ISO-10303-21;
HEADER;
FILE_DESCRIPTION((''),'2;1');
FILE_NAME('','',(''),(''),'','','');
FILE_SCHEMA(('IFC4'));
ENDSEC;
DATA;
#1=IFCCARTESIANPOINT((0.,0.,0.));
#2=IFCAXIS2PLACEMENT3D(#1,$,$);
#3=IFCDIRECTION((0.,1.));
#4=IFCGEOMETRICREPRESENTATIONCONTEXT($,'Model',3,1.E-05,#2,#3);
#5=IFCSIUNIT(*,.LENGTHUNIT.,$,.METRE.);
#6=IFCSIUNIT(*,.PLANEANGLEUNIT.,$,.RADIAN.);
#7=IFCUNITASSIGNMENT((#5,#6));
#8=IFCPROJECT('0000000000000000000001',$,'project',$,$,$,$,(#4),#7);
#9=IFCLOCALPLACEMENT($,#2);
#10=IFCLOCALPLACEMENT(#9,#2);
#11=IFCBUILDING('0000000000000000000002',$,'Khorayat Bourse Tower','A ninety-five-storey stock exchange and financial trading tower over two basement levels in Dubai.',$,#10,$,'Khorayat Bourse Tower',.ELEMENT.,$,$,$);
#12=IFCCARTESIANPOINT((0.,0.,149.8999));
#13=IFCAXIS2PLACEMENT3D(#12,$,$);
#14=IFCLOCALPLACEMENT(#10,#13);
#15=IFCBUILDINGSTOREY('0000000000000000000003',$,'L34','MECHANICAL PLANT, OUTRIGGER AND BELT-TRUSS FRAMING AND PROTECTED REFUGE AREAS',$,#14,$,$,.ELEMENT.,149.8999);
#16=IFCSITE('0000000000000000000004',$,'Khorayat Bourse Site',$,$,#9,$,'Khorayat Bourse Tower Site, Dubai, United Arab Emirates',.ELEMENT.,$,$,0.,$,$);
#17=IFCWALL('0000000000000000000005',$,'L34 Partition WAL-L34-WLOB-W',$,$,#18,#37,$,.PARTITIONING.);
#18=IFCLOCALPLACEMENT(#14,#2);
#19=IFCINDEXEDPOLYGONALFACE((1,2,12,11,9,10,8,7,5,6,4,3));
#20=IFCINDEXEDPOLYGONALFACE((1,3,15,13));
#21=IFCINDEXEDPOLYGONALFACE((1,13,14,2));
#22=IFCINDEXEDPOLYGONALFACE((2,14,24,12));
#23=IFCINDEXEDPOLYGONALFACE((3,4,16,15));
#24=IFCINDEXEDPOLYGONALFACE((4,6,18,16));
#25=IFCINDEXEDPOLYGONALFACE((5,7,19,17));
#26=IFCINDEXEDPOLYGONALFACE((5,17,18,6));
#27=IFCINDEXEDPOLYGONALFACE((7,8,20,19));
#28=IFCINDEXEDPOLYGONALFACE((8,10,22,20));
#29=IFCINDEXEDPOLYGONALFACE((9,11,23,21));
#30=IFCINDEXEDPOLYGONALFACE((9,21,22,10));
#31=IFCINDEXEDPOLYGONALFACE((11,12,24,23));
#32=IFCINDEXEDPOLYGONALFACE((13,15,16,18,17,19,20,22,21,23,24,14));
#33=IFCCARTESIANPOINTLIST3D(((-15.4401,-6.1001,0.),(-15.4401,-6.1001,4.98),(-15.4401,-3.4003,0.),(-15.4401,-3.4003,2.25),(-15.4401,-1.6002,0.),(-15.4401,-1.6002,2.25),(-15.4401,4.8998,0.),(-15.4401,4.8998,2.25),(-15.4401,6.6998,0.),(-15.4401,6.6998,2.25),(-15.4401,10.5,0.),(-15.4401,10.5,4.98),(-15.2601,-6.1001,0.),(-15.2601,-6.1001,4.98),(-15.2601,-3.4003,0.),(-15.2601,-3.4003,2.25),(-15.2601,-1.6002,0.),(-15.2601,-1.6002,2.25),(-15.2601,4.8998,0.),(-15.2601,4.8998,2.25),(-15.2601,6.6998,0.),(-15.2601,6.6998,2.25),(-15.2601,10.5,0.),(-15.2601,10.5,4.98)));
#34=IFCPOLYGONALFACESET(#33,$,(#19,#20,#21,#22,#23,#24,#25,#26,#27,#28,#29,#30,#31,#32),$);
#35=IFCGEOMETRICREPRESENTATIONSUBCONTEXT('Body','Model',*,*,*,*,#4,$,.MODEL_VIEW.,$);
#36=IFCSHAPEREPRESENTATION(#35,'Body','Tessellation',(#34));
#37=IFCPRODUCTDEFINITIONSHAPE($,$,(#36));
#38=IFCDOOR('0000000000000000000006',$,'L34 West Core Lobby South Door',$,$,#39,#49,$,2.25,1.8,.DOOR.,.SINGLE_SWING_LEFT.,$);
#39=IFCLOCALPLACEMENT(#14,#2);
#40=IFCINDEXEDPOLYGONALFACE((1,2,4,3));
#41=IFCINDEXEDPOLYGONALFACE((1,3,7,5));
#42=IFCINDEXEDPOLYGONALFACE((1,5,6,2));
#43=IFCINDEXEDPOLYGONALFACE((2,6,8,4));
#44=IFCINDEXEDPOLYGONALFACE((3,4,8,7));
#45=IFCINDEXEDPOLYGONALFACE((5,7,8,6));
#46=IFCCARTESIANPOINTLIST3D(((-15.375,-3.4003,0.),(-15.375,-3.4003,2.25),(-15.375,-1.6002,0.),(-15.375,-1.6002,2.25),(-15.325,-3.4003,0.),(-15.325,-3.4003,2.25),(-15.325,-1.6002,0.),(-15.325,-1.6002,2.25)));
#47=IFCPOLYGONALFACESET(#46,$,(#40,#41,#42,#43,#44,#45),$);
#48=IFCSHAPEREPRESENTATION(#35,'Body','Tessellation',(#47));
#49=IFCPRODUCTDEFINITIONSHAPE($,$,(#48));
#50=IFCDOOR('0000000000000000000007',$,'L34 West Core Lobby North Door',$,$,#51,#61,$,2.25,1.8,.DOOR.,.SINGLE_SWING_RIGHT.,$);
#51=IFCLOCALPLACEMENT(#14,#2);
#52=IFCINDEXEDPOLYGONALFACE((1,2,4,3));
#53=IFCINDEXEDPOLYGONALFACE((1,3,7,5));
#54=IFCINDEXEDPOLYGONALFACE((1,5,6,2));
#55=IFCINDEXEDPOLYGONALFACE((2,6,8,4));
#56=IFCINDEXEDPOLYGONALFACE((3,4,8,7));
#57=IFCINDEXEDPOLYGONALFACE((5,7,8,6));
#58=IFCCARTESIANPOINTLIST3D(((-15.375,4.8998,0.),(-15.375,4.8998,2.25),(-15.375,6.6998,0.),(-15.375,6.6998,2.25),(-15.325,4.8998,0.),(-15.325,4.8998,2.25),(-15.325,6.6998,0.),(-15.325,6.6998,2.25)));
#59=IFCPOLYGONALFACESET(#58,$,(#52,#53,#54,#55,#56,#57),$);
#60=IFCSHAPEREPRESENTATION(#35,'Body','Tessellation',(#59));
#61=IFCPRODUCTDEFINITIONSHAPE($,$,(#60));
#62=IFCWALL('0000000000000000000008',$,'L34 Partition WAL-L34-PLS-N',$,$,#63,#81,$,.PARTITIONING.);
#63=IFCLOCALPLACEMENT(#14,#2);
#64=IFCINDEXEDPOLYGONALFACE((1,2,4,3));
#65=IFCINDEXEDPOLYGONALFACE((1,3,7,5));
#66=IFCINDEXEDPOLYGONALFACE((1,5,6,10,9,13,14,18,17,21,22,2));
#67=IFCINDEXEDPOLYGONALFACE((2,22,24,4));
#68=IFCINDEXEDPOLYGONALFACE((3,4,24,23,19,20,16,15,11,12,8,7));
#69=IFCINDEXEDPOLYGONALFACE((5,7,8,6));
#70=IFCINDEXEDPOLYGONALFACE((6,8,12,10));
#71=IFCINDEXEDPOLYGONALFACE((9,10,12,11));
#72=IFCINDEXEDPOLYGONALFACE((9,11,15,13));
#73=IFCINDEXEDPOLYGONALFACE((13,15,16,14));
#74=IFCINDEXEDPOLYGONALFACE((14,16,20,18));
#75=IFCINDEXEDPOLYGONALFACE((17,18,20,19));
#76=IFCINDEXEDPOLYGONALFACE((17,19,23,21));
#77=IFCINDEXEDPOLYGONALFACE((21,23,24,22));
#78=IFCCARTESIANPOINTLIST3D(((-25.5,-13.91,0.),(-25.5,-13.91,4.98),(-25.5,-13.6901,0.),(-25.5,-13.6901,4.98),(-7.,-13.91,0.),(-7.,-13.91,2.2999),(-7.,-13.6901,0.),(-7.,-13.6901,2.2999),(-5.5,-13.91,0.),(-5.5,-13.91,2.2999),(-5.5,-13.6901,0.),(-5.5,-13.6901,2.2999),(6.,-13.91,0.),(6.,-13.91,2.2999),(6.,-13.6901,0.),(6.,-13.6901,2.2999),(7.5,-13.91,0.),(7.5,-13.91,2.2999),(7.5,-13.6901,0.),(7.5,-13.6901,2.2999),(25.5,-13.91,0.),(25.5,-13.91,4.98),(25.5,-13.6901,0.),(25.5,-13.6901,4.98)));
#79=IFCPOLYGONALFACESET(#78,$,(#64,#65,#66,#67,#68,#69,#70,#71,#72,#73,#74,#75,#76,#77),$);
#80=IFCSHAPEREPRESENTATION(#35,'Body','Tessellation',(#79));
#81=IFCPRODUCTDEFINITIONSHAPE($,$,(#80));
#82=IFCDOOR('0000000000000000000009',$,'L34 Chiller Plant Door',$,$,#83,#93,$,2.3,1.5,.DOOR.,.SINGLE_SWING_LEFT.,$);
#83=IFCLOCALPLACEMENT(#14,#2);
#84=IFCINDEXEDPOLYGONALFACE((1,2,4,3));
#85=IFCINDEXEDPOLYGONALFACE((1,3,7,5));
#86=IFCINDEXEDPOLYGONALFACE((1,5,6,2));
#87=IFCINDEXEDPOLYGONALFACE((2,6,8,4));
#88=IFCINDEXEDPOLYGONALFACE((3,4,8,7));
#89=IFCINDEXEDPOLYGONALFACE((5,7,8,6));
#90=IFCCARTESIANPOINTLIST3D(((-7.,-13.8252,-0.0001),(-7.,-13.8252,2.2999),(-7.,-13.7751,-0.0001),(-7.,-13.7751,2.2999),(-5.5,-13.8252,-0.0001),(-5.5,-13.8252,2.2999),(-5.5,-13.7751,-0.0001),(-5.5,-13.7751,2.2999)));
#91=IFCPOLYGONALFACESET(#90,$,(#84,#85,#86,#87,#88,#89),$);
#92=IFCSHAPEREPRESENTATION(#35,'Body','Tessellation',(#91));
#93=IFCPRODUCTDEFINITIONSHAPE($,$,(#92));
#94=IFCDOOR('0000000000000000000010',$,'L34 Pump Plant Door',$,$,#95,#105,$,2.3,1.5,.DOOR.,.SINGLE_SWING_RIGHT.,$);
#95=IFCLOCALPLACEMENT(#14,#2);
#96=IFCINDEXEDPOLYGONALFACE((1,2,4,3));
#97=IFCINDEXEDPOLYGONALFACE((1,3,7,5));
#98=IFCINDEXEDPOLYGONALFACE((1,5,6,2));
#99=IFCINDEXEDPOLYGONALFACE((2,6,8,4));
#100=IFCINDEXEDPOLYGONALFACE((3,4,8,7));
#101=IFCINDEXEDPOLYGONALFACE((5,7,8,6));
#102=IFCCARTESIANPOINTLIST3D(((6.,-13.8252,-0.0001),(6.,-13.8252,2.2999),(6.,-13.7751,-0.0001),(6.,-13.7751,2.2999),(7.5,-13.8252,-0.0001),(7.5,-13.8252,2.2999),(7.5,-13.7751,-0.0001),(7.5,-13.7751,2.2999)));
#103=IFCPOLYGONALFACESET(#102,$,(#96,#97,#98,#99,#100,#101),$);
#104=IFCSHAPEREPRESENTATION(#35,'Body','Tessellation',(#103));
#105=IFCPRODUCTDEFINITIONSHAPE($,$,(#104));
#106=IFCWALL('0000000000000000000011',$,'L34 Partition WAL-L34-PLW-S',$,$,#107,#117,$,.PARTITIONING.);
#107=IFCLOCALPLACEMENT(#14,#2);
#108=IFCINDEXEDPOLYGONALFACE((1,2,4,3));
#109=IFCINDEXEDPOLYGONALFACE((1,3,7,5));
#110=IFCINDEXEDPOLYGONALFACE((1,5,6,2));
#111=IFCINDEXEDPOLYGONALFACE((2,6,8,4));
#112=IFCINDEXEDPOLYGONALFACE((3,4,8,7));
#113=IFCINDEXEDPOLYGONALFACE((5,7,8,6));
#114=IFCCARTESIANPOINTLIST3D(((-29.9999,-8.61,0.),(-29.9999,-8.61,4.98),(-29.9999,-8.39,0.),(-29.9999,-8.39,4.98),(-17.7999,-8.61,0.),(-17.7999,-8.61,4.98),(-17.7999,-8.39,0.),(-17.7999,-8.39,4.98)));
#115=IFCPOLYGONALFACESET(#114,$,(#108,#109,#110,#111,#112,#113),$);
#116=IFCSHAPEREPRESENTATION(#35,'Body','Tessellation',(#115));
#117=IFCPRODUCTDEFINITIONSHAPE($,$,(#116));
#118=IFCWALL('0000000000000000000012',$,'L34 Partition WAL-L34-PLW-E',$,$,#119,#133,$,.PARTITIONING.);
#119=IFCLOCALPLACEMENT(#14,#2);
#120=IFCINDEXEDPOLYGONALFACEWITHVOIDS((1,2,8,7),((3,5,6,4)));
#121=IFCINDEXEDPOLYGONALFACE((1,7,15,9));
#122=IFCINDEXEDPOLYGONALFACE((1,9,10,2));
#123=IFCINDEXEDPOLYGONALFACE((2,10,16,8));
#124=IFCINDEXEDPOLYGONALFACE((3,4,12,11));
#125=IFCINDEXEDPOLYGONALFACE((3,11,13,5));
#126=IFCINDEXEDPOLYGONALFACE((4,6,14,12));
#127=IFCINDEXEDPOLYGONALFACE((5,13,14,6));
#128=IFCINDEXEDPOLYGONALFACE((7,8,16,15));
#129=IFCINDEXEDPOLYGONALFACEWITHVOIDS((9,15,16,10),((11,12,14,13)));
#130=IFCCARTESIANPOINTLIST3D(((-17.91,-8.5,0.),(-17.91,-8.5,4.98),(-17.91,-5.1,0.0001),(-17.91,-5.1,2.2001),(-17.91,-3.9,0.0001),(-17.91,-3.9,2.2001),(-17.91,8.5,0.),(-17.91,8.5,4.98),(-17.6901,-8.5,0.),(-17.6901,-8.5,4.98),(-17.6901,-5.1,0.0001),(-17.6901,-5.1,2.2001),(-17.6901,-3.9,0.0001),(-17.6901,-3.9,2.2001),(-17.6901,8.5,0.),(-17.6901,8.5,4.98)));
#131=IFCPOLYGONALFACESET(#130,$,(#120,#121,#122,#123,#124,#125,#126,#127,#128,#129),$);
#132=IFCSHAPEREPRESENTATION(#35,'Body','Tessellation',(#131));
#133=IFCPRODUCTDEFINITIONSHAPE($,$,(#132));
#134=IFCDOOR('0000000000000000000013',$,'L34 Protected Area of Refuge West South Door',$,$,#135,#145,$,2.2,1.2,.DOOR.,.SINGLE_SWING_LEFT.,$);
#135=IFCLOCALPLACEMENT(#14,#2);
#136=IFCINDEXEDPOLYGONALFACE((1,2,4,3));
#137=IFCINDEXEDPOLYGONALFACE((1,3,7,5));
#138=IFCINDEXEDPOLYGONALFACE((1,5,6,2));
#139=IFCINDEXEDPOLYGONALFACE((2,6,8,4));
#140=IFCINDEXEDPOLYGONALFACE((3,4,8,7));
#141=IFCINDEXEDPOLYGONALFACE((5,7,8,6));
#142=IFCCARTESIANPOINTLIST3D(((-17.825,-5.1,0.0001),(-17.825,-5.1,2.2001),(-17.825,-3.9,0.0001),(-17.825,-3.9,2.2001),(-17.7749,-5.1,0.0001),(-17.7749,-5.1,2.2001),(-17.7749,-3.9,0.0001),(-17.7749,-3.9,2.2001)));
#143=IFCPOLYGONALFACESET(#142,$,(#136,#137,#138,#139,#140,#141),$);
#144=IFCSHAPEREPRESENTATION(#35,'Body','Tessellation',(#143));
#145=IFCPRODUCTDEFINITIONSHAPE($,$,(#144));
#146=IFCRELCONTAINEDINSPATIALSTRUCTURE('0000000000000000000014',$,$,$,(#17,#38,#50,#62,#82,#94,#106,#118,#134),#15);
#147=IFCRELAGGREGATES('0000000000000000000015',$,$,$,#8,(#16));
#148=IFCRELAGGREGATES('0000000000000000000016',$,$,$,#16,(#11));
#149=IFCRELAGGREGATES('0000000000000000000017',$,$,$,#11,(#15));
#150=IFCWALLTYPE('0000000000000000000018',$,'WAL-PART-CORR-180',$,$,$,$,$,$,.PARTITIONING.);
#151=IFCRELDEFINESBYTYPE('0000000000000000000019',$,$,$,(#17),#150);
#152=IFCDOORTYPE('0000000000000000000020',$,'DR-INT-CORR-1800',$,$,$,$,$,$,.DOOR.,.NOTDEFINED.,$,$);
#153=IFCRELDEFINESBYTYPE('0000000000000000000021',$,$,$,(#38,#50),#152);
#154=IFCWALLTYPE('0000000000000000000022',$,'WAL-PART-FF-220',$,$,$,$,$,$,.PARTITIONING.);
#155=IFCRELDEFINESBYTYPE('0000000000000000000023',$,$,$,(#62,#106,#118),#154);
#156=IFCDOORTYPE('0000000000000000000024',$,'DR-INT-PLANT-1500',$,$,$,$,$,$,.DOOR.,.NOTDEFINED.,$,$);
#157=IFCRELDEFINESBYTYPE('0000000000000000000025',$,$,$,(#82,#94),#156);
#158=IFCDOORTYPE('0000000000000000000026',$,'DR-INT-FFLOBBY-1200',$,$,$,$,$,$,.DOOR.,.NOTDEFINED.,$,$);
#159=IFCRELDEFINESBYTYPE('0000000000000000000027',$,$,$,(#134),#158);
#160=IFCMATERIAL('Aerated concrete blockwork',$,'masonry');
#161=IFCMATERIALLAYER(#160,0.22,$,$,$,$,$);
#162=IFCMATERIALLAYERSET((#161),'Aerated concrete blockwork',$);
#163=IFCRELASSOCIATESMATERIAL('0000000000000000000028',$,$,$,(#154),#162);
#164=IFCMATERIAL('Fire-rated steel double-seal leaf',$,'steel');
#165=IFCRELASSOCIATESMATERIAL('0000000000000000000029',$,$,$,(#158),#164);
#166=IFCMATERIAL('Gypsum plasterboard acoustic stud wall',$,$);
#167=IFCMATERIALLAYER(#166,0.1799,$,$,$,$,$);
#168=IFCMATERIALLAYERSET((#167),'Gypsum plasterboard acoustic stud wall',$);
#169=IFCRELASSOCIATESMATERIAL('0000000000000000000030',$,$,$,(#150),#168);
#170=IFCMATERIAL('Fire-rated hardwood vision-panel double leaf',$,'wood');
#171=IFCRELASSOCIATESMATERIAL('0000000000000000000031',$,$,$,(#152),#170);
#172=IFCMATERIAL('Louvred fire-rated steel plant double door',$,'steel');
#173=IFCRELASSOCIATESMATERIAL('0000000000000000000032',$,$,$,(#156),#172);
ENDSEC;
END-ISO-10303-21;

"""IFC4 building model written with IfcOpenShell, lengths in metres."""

from ifc_helpers import new_model, si_unit, direction, frame, frame_2d, origin, place, context, subcontext, project, spatial, rectangle, extrude, source, transform, mapped, material, layer, layer_set, type_object, element, fill, save


model = new_model("IFC4")

# Units and contexts
model_context = context("Model", 3, precision=1e-05, world=origin(), true_north=direction((0.0, 1.0)))
body_context = subcontext(model_context, "Body", "Model", "MODEL_VIEW")
ifc_project = project(units=[si_unit("LENGTHUNIT", "METRE"), si_unit("PLANEANGLEUNIT", "RADIAN")], contexts=[model_context])

# Site, building, storey
site_placement = place(None, origin())
site = spatial("IfcSite", under=ifc_project, at=site_placement, Name="Khorayat Bourse Site", LongName="Khorayat Bourse Tower Site, Dubai, United Arab Emirates", CompositionType="ELEMENT", RefElevation=0.0)
building_placement = place(site_placement, origin())
building = spatial("IfcBuilding", under=site, at=building_placement, Name="Khorayat Bourse Tower", Description="A ninety-five-storey stock exchange and financial trading tower over two basement levels in Dubai.", LongName="Khorayat Bourse Tower", CompositionType="ELEMENT")
storey_placement = place(building_placement, frame((0.0, 0.0, 149.8999)))
storey = spatial("IfcBuildingStorey", under=building, at=storey_placement, Name="L34", Description="MECHANICAL PLANT, OUTRIGGER AND BELT-TRUSS FRAMING AND PROTECTED REFUGE AREAS", CompositionType="ELEMENT", Elevation=149.8999)

# Shared definitions
ifc_material_1 = material(Name="Aerated concrete blockwork", Category="masonry")
ifc_layer_1 = layer(ifc_material_1, 0.22)
ifc_layer_set_1 = layer_set([ifc_layer_1], Name="Aerated concrete blockwork")
wall_type_1 = type_object("IfcWallType", Name="WAL-PART-FF-220", PredefinedType="PARTITIONING", material=ifc_layer_set_1)

# Shared definitions
shared_shape_1 = source(origin(), body_context, "Body", "SweptSolid", [
    extrude(rectangle(XDim=1.2, YDim=2.2, at=frame_2d((0.6001, 1.1001))), frame((0.0, 0.1199, 0.0), z_axis=(0.0, -1.0, 0.0), x_axis=(1.0, 0.0, 0.0)), (0.0, 0.0, 1.0), 0.24),
])
ifc_material_2 = material(Name="Fire-rated steel double-seal leaf", Category="steel")
door_type_1 = type_object("IfcDoorType", Name="DR-INT-FFLOBBY-1200", OperationType="NOTDEFINED", PredefinedType="DOOR", material=ifc_material_2)
shared_shape_2 = source(origin(), body_context, "Body", "SweptSolid", [
    extrude(rectangle(XDim=1.2, YDim=2.2, at=frame_2d((0.6001, 1.1001))), frame((0.0, 0.0249, 0.0), z_axis=(0.0, -1.0, 0.0), x_axis=(1.0, 0.0, 0.0)), (0.0, 0.0, 1.0), 0.05),
])

# Walls, openings, doors
ifc_material_3 = material(Name="Gypsum plasterboard acoustic stud wall")
ifc_layer_2 = layer(ifc_material_3, 0.1799)
ifc_layer_set_2 = layer_set([ifc_layer_2], Name="Gypsum plasterboard acoustic stud wall")
wall_type_2 = type_object("IfcWallType", Name="WAL-PART-CORR-180", PredefinedType="PARTITIONING", material=ifc_layer_set_2)
shared_shape_3 = source(origin(), body_context, "Body", "SweptSolid", [
    extrude(rectangle(XDim=16.6001, YDim=0.1799, at=frame_2d((8.3, 0.0))), origin(), (0.0, 0.0, 1.0), 4.98),
])
wall_1_placement = place(storey_placement, frame((-15.3501, -6.1001, 0.0), z_axis=(0.0, 0.0, 1.0), x_axis=(0.0, 1.0, 0.0)))
wall_1 = element("IfcWall", 1, at=wall_1_placement, inside=storey, type_object=wall_type_2, Name="L34 Partition WAL-L34-WLOB-W", PredefinedType="PARTITIONING", context=body_context, shape_type="MappedRepresentation", body=[
    mapped(shared_shape_3, transform((0.0, 0.0, 0.0), scale=1.0)),
])
shared_shape_4 = source(origin(), body_context, "Body", "SweptSolid", [
    extrude(rectangle(XDim=1.8, YDim=2.25, at=frame_2d((0.8999, 1.125))), frame((0.0, 0.0999, 0.0), z_axis=(0.0, -1.0, 0.0), x_axis=(1.0, 0.0, 0.0)), (0.0, 0.0, 1.0), 0.2),
])
opening_1_placement = place(wall_1_placement, frame((2.7, 0.0, 0.0)))
opening_1 = element("IfcOpeningElement", 2, at=opening_1_placement, cuts=wall_1, PredefinedType="OPENING", context=body_context, shape_type="MappedRepresentation", body=[
    mapped(shared_shape_4, transform((0.0, 0.0, 0.0), scale=1.0)),
])
opening_2_placement = place(wall_1_placement, frame((11.0, 0.0, 0.0)))
opening_2 = element("IfcOpeningElement", 3, at=opening_2_placement, cuts=wall_1, PredefinedType="OPENING", context=body_context, shape_type="MappedRepresentation", body=[
    mapped(shared_shape_4, transform((0.0, 0.0, 0.0), scale=1.0)),
])
ifc_material_4 = material(Name="Fire-rated hardwood vision-panel double leaf", Category="wood")
door_type_2 = type_object("IfcDoorType", Name="DR-INT-CORR-1800", OperationType="NOTDEFINED", PredefinedType="DOOR", material=ifc_material_4)
shared_shape_5 = source(origin(), body_context, "Body", "SweptSolid", [
    extrude(rectangle(XDim=1.8, YDim=2.25, at=frame_2d((0.8999, 1.125))), frame((0.0, 0.0249, 0.0), z_axis=(0.0, -1.0, 0.0), x_axis=(1.0, 0.0, 0.0)), (0.0, 0.0, 1.0), 0.05),
])
door_1_placement = place(opening_1_placement, origin())
door_1 = element("IfcDoor", 4, at=door_1_placement, inside=storey, type_object=door_type_2, Name="L34 West Core Lobby South Door", OperationType="SINGLE_SWING_LEFT", OverallHeight=2.25, OverallWidth=1.8, PredefinedType="DOOR", context=body_context, shape_type="MappedRepresentation", body=[
    mapped(shared_shape_5, transform((0.0, 0.0, 0.0), scale=1.0)),
])
fill(opening_1, door_1)
door_2_placement = place(opening_2_placement, origin())
door_2 = element("IfcDoor", 5, at=door_2_placement, inside=storey, type_object=door_type_2, Name="L34 West Core Lobby North Door", OperationType="SINGLE_SWING_RIGHT", OverallHeight=2.25, OverallWidth=1.8, PredefinedType="DOOR", context=body_context, shape_type="MappedRepresentation", body=[
    mapped(shared_shape_5, transform((0.0, 0.0, 0.0), scale=1.0)),
])
fill(opening_2, door_2)
shared_shape_6 = source(origin(), body_context, "Body", "SweptSolid", [
    extrude(rectangle(XDim=51.0, YDim=0.22, at=frame_2d((25.5, 0.0))), origin(), (0.0, 0.0, 1.0), 4.98),
])
wall_2_placement = place(storey_placement, frame((-25.5, -13.8, 0.0), z_axis=(0.0, 0.0, 1.0), x_axis=(1.0, 0.0, 0.0)))
wall_2 = element("IfcWall", 6, at=wall_2_placement, inside=storey, type_object=wall_type_1, Name="L34 Partition WAL-L34-PLS-N", PredefinedType="PARTITIONING", context=body_context, shape_type="MappedRepresentation", body=[
    mapped(shared_shape_6, transform((0.0, 0.0, 0.0), scale=1.0)),
])
shared_shape_7 = source(origin(), body_context, "Body", "SweptSolid", [
    extrude(rectangle(XDim=1.5, YDim=2.3, at=frame_2d((0.75, 1.1499))), frame((0.0, 0.1199, 0.0), z_axis=(0.0, -1.0, 0.0), x_axis=(1.0, 0.0, 0.0)), (0.0, 0.0, 1.0), 0.24),
])
opening_3_placement = place(wall_2_placement, frame((18.5, 0.0, 0.0)))
opening_3 = element("IfcOpeningElement", 7, at=opening_3_placement, cuts=wall_2, PredefinedType="OPENING", context=body_context, shape_type="MappedRepresentation", body=[
    mapped(shared_shape_7, transform((0.0, 0.0, 0.0), scale=1.0)),
])
opening_4_placement = place(wall_2_placement, frame((31.5, 0.0, 0.0)))
opening_4 = element("IfcOpeningElement", 8, at=opening_4_placement, cuts=wall_2, PredefinedType="OPENING", context=body_context, shape_type="MappedRepresentation", body=[
    mapped(shared_shape_7, transform((0.0, 0.0, 0.0), scale=1.0)),
])
ifc_material_5 = material(Name="Louvred fire-rated steel plant double door", Category="steel")
door_type_3 = type_object("IfcDoorType", Name="DR-INT-PLANT-1500", OperationType="NOTDEFINED", PredefinedType="DOOR", material=ifc_material_5)
shared_shape_8 = source(origin(), body_context, "Body", "SweptSolid", [
    extrude(rectangle(XDim=1.5, YDim=2.3, at=frame_2d((0.75, 1.1499))), frame((0.0, 0.0249, 0.0), z_axis=(0.0, -1.0, 0.0), x_axis=(1.0, 0.0, 0.0)), (0.0, 0.0, 1.0), 0.05),
])
door_3_placement = place(opening_3_placement, origin())
door_3 = element("IfcDoor", 9, at=door_3_placement, inside=storey, type_object=door_type_3, Name="L34 Chiller Plant Door", OperationType="SINGLE_SWING_LEFT", OverallHeight=2.3, OverallWidth=1.5, PredefinedType="DOOR", context=body_context, shape_type="MappedRepresentation", body=[
    mapped(shared_shape_8, transform((0.0, 0.0, 0.0), scale=1.0)),
])
fill(opening_3, door_3)
door_4_placement = place(opening_4_placement, origin())
door_4 = element("IfcDoor", 10, at=door_4_placement, inside=storey, type_object=door_type_3, Name="L34 Pump Plant Door", OperationType="SINGLE_SWING_RIGHT", OverallHeight=2.3, OverallWidth=1.5, PredefinedType="DOOR", context=body_context, shape_type="MappedRepresentation", body=[
    mapped(shared_shape_8, transform((0.0, 0.0, 0.0), scale=1.0)),
])
fill(opening_4, door_4)

# Wall
shared_shape_9 = source(origin(), body_context, "Body", "SweptSolid", [
    extrude(rectangle(XDim=12.2, YDim=0.22, at=frame_2d((6.1001, 0.0))), origin(), (0.0, 0.0, 1.0), 4.98),
])
wall_3_placement = place(storey_placement, frame((-30.0, -8.5, 0.0), z_axis=(0.0, 0.0, 1.0), x_axis=(1.0, 0.0, 0.0)))
element("IfcWall", 11, at=wall_3_placement, inside=storey, type_object=wall_type_1, Name="L34 Partition WAL-L34-PLW-S", PredefinedType="PARTITIONING", context=body_context, shape_type="MappedRepresentation", body=[
    mapped(shared_shape_9, transform((0.0, 0.0, 0.0), scale=1.0)),
])

# Wall, opening, door
shared_shape_10 = source(origin(), body_context, "Body", "SweptSolid", [
    extrude(rectangle(XDim=17.0, YDim=0.22, at=frame_2d((8.5, 0.0))), origin(), (0.0, 0.0, 1.0), 4.98),
])
wall_4_placement = place(storey_placement, frame((-17.8, -8.5, 0.0), z_axis=(0.0, 0.0, 1.0), x_axis=(0.0, 1.0, 0.0)))
wall_4 = element("IfcWall", 12, at=wall_4_placement, inside=storey, type_object=wall_type_1, Name="L34 Partition WAL-L34-PLW-E", PredefinedType="PARTITIONING", context=body_context, shape_type="MappedRepresentation", body=[
    mapped(shared_shape_10, transform((0.0, 0.0, 0.0), scale=1.0)),
])
opening_5_placement = place(wall_4_placement, frame((3.3999, 0.0, 0.0)))
opening_5 = element("IfcOpeningElement", 13, at=opening_5_placement, cuts=wall_4, PredefinedType="OPENING", context=body_context, shape_type="MappedRepresentation", body=[
    mapped(shared_shape_1, transform((0.0, 0.0, 0.0), scale=1.0)),
])
door_5_placement = place(opening_5_placement, origin())
door_5 = element("IfcDoor", 14, at=door_5_placement, inside=storey, type_object=door_type_1, Name="L34 Protected Area of Refuge West South Door", OperationType="SINGLE_SWING_LEFT", OverallHeight=2.2, OverallWidth=1.2, PredefinedType="DOOR", context=body_context, shape_type="MappedRepresentation", body=[
    mapped(shared_shape_2, transform((0.0, 0.0, 0.0), scale=1.0)),
])
fill(opening_5, door_5)

save(model, "model.ifc")
